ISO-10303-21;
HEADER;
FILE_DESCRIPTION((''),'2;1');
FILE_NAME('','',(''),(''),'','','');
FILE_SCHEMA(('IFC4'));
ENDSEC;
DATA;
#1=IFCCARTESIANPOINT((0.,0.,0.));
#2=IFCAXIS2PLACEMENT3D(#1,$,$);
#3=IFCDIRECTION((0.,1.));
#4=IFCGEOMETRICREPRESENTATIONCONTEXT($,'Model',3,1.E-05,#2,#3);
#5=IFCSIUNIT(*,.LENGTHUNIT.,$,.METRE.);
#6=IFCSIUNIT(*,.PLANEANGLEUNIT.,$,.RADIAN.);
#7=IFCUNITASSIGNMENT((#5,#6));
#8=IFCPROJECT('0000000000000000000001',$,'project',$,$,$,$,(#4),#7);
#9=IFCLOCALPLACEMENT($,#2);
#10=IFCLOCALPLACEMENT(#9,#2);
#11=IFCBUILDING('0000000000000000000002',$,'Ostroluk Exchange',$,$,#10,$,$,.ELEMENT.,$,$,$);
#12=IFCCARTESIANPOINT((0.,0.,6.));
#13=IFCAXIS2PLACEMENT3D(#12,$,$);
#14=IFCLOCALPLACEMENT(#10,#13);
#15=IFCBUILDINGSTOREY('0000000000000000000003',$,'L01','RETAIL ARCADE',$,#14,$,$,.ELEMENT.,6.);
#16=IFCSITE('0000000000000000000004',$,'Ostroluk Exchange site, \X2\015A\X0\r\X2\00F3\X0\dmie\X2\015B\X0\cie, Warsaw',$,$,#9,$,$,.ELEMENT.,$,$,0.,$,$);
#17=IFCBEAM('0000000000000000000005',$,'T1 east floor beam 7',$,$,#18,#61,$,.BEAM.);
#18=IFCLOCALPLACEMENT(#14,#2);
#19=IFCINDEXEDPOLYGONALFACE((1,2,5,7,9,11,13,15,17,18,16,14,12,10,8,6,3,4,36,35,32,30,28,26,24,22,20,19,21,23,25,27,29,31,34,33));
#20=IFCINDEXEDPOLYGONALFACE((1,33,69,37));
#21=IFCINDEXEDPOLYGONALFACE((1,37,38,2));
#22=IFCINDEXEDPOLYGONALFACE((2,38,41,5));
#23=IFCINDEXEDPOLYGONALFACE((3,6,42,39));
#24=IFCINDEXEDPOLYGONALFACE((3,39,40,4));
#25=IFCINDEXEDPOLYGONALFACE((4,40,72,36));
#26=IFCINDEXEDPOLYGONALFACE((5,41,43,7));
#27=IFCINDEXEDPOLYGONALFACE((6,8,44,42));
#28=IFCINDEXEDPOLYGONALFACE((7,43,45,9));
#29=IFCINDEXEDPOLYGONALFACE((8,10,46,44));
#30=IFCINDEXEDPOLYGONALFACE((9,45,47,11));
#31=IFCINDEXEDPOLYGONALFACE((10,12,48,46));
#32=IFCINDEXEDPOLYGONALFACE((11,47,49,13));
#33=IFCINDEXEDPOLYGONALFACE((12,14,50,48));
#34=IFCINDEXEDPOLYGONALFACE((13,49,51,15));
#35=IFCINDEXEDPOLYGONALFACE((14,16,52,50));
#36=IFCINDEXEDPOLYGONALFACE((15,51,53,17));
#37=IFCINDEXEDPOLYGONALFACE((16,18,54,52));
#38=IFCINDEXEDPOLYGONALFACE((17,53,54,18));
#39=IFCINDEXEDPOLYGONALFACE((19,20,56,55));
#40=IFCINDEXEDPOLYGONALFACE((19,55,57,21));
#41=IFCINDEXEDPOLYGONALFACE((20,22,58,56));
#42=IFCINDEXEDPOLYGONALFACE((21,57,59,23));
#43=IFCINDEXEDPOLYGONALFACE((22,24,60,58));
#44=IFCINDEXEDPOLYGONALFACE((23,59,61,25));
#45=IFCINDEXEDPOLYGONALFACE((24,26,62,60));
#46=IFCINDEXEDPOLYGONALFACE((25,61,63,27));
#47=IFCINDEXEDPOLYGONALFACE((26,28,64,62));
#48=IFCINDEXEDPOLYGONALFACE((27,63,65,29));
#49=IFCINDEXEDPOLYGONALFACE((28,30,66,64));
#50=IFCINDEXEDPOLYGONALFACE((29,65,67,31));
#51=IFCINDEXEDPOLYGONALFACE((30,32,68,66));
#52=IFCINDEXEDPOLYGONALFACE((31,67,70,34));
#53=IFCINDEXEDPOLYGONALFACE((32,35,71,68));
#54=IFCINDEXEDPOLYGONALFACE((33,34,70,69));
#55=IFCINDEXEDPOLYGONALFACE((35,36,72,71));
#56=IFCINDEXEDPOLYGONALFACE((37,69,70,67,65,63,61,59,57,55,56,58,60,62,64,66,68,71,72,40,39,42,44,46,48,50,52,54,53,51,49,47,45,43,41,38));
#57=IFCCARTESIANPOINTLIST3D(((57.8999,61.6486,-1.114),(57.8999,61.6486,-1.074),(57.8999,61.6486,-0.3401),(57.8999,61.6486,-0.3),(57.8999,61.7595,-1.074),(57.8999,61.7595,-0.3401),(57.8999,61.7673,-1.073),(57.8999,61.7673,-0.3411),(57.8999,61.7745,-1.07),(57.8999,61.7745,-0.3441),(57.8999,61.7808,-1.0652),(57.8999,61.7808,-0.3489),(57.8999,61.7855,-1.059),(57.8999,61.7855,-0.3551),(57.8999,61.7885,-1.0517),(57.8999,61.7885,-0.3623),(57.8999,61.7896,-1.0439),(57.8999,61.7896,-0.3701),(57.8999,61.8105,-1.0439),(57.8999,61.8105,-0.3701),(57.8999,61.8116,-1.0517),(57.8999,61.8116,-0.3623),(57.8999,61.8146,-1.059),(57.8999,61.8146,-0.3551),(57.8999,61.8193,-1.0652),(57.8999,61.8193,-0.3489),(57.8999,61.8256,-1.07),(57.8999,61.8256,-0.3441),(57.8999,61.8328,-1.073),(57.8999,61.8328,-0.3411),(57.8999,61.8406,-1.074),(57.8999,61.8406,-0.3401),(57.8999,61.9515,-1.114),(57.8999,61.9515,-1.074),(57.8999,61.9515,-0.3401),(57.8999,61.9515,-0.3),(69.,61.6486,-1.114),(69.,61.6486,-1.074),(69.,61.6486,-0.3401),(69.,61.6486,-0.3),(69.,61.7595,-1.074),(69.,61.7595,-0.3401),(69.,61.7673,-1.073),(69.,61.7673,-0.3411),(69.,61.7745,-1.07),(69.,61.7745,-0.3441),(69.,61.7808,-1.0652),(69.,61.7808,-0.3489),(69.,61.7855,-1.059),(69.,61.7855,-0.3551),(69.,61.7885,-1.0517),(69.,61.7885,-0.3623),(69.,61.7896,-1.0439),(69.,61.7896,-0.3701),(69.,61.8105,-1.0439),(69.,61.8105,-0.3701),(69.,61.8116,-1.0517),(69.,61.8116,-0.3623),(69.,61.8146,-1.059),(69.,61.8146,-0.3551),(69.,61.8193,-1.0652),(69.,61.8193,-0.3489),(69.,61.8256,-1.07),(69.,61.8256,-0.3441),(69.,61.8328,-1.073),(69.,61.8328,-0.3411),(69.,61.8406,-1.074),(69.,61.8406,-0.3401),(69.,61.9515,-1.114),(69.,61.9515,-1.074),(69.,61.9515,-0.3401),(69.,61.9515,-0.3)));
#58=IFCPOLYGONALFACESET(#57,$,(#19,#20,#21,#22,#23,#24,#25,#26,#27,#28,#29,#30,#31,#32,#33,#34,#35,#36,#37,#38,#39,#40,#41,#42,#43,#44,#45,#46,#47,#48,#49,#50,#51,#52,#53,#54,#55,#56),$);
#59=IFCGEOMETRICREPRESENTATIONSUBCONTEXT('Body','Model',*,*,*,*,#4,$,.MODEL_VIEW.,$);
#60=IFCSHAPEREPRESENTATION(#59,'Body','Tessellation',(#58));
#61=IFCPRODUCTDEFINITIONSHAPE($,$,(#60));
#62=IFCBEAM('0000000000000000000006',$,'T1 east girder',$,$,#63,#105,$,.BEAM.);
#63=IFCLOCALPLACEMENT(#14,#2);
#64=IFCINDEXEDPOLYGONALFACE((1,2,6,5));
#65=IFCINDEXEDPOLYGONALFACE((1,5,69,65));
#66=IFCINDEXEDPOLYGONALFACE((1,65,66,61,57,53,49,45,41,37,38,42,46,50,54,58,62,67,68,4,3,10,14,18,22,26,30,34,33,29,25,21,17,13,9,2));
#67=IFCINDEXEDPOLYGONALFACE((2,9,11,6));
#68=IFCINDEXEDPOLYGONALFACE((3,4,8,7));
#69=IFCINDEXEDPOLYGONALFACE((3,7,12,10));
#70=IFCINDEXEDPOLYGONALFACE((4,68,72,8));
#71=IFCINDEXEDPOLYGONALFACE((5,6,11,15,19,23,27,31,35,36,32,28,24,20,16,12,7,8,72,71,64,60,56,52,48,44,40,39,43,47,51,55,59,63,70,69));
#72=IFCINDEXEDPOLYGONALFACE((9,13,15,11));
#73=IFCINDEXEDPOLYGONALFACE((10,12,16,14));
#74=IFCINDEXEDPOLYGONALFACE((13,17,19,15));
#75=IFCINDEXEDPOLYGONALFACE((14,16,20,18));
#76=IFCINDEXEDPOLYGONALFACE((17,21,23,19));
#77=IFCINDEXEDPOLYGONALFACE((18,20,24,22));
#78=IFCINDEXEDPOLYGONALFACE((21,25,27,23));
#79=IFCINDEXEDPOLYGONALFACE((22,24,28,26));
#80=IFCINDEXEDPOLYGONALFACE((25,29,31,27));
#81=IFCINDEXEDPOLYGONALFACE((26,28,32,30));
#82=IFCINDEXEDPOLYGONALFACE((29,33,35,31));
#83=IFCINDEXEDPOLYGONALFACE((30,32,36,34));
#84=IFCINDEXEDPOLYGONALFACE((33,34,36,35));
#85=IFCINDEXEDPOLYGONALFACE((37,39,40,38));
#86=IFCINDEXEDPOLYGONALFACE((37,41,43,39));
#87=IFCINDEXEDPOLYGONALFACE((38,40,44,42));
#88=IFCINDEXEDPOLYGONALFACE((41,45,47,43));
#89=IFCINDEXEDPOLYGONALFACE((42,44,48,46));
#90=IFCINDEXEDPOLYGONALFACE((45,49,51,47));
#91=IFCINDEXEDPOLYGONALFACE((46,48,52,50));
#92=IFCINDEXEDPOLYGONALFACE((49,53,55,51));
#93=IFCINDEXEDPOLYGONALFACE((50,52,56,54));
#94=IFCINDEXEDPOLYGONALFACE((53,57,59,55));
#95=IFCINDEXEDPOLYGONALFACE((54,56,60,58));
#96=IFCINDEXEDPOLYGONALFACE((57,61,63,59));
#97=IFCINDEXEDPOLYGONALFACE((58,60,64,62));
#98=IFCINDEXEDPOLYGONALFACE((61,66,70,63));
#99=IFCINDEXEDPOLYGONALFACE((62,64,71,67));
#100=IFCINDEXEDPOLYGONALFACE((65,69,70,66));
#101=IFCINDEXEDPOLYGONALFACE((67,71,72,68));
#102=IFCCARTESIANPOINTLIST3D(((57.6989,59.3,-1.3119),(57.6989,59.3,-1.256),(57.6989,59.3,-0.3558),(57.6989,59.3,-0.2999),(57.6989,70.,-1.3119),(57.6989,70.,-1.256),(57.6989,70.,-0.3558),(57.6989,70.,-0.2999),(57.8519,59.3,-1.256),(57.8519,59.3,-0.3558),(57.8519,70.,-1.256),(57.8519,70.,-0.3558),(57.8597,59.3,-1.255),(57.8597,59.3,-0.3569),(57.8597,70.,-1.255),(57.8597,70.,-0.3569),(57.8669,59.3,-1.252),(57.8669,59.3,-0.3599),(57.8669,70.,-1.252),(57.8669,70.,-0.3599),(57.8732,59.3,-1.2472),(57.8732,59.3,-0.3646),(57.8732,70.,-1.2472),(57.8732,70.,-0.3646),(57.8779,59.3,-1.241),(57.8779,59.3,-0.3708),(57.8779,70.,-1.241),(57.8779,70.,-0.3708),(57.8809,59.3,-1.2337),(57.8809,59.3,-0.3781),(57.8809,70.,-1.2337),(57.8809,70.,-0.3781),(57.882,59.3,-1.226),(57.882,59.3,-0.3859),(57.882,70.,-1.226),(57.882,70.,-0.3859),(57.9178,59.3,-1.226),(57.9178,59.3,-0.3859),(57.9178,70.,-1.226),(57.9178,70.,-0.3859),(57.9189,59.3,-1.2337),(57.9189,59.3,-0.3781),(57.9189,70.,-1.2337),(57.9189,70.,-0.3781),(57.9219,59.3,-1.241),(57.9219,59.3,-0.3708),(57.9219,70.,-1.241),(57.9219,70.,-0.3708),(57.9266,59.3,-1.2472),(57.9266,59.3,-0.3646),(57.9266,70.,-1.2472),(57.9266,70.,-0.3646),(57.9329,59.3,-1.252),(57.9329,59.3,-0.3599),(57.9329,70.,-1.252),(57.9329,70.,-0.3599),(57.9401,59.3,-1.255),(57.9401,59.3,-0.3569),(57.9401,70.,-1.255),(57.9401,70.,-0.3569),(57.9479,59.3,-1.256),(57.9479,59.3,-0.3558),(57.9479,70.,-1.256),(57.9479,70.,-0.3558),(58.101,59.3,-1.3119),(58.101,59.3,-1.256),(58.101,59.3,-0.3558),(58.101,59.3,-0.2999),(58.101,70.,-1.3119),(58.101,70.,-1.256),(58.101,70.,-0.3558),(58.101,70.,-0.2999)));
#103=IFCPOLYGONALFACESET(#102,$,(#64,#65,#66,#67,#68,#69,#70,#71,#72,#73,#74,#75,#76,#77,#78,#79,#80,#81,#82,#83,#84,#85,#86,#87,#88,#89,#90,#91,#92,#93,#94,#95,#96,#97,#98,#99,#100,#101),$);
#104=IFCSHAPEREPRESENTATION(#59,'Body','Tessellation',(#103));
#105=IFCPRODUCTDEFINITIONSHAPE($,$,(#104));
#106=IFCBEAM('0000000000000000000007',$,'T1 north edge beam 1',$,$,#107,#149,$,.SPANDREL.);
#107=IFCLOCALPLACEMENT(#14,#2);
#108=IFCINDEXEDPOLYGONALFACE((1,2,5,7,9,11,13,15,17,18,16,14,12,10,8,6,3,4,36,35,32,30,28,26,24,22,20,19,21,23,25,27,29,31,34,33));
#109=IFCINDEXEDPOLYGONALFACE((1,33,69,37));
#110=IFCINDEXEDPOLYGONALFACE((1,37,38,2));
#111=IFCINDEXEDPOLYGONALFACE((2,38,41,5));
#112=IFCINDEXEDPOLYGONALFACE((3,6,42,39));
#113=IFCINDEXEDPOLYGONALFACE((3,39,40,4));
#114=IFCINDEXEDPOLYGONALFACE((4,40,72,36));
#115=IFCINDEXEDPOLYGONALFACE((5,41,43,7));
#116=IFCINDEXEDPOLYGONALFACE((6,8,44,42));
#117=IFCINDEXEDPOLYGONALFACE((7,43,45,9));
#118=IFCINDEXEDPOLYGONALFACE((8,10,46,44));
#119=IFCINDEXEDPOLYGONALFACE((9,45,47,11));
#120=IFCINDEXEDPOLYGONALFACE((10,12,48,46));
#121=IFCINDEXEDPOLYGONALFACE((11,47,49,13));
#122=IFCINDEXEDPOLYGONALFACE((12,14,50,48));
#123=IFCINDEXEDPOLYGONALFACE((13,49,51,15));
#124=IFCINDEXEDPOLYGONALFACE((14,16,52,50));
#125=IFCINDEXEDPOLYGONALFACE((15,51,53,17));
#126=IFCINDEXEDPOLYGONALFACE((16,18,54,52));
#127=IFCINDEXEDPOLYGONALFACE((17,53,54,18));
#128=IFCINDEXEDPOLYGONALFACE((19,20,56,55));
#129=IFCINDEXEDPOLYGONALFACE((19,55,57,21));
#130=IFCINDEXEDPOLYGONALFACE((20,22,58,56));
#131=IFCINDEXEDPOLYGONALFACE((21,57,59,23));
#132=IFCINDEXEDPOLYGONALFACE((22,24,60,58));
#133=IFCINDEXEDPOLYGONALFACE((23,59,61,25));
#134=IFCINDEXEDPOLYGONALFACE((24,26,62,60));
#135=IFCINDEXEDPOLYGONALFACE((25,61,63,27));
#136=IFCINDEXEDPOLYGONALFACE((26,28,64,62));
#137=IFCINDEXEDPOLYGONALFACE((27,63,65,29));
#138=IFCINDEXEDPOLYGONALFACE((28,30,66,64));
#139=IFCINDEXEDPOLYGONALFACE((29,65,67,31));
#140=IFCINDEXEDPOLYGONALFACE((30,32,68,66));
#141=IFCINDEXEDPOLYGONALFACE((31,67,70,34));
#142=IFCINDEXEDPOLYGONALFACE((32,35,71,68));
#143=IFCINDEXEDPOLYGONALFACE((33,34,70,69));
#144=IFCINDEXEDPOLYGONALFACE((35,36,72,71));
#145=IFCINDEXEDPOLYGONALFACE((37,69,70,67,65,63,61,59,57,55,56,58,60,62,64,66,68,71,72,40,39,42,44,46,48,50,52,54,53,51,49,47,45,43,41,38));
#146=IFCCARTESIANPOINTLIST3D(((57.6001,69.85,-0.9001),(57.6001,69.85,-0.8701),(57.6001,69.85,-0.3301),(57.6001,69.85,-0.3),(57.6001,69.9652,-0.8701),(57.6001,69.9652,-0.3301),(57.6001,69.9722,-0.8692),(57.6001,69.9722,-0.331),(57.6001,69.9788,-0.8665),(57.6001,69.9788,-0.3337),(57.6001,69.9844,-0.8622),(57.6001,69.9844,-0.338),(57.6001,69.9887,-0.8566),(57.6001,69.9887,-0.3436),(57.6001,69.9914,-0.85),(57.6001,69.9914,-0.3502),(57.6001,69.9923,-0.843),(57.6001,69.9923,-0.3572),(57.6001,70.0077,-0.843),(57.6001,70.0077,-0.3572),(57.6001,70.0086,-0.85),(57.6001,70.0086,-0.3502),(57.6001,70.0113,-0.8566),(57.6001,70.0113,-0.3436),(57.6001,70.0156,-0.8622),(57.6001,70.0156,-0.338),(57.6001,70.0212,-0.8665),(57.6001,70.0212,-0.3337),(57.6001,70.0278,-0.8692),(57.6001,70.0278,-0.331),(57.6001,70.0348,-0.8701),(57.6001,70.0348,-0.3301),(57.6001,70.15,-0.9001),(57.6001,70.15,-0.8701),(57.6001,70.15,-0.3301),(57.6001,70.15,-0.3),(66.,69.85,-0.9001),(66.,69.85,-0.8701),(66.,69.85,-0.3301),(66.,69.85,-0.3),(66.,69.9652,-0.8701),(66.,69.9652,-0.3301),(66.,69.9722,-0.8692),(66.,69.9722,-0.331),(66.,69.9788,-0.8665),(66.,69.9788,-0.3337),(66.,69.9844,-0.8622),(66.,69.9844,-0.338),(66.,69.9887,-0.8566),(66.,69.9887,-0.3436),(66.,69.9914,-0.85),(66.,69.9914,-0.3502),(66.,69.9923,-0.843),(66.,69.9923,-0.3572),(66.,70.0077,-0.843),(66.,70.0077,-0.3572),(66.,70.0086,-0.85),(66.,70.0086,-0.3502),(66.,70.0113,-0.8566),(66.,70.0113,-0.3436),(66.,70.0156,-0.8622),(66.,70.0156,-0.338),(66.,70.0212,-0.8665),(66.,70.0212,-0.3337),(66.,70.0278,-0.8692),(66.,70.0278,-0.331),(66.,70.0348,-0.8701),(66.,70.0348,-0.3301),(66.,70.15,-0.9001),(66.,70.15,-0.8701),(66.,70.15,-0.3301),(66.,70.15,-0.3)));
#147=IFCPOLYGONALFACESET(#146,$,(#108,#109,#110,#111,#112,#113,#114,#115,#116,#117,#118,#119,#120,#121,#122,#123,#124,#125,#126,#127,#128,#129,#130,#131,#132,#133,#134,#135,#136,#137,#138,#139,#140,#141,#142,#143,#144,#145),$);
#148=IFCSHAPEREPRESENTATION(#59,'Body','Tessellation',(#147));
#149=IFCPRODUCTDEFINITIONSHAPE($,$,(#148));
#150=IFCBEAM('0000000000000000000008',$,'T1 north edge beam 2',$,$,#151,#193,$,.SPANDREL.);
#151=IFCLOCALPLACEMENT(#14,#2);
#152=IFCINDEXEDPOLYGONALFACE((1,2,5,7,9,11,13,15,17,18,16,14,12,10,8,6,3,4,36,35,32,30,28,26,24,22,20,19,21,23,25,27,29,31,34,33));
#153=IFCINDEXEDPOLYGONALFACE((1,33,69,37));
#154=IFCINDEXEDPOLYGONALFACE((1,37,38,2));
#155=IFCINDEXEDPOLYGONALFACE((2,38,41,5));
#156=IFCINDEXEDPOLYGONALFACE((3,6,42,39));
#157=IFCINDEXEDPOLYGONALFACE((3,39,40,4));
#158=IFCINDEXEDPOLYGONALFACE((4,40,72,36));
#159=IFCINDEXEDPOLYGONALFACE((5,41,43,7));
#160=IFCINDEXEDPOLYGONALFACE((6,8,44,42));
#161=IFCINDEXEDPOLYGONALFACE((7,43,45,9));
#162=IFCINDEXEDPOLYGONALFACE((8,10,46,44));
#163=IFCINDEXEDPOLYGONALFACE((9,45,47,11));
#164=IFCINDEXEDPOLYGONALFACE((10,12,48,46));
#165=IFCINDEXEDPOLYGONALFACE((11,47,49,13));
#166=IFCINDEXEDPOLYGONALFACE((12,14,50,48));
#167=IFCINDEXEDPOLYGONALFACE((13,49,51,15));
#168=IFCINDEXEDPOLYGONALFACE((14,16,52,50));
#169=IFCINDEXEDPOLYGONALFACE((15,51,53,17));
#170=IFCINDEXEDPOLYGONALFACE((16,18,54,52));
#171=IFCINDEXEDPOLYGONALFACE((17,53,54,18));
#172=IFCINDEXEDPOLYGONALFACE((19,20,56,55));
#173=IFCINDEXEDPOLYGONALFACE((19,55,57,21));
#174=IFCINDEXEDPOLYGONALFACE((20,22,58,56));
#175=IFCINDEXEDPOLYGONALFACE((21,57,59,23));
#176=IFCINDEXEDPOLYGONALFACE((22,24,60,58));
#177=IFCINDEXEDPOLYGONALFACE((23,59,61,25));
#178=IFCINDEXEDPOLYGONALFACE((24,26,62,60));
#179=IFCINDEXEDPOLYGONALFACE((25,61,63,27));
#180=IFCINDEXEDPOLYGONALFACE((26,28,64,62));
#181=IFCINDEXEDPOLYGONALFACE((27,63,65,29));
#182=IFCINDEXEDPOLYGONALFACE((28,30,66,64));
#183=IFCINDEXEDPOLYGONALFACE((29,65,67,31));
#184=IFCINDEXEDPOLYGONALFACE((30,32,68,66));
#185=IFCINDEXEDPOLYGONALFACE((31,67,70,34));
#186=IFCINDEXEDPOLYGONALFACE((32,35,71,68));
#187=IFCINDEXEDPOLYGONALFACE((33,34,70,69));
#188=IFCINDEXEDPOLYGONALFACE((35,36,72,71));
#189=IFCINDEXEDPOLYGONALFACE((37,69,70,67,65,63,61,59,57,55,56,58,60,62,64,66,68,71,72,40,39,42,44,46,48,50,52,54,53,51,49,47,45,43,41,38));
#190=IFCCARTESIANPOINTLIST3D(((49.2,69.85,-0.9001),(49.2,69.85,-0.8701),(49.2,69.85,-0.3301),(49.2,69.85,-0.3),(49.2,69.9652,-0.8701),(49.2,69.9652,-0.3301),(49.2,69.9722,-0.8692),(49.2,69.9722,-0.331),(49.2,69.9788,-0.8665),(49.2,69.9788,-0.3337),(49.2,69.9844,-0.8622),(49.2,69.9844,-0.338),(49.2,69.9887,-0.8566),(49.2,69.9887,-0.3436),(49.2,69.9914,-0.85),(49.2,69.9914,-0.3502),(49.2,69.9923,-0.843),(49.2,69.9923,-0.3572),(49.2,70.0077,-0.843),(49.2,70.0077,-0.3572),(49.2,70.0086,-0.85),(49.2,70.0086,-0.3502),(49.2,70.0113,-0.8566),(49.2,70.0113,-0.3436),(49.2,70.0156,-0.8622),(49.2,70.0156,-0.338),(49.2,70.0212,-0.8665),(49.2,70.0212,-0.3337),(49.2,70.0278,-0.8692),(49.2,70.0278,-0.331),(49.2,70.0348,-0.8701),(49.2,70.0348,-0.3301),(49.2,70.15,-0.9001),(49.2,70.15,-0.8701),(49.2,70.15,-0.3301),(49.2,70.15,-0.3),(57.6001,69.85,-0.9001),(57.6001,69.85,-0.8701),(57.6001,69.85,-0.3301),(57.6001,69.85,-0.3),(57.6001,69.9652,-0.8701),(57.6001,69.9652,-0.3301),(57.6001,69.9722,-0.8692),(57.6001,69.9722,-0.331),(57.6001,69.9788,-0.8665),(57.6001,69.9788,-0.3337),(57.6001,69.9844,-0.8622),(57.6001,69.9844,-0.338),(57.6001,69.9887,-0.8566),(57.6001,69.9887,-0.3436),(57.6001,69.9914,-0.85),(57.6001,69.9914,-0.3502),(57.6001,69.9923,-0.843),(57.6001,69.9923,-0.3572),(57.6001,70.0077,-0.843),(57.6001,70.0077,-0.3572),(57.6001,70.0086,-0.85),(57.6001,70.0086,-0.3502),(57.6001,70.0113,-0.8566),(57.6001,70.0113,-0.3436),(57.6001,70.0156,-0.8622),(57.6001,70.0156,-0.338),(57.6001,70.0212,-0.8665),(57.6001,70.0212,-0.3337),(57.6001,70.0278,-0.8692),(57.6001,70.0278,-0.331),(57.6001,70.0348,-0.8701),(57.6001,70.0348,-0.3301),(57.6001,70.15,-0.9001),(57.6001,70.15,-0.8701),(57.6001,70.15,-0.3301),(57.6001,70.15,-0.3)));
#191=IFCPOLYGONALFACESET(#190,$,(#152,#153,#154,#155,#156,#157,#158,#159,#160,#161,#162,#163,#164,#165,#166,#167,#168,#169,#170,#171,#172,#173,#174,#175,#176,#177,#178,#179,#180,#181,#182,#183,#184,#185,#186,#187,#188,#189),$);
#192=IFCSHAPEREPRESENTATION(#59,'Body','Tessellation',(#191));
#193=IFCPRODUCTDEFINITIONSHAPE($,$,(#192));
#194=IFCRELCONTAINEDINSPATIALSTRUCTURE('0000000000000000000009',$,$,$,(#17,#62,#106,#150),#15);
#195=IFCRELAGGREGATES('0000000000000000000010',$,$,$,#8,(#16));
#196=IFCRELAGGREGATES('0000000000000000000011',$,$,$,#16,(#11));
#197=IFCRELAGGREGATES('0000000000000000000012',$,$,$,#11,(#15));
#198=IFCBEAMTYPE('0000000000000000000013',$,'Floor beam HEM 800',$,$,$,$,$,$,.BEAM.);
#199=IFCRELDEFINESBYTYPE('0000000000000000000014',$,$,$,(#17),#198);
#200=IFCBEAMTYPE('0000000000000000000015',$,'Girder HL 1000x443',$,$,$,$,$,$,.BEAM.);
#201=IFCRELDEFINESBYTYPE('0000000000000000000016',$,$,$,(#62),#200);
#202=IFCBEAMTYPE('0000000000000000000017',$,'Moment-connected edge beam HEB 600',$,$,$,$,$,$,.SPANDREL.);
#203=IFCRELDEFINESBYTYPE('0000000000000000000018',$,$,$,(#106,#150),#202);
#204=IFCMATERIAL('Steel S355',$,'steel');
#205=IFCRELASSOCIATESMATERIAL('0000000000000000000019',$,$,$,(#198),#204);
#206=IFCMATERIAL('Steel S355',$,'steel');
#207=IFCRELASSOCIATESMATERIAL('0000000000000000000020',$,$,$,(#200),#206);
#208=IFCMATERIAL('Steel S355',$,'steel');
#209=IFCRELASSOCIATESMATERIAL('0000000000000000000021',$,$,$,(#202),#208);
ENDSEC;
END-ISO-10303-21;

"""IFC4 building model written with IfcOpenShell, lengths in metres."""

from ifc_helpers import new_model, si_unit, direction, frame, origin, origin_2d, place, context, subcontext, project, spatial, i_section, extrude, material, material_profile, profile_set, type_object, element, save


model = new_model("IFC4")

# Units and contexts
model_context = context("Model", 3, precision=1e-05, world=origin(), true_north=direction((0.0, 1.0)))
body_context = subcontext(model_context, "Body", "Model", "MODEL_VIEW")
ifc_project = project(units=[si_unit("LENGTHUNIT", "METRE"), si_unit("PLANEANGLEUNIT", "RADIAN")], contexts=[model_context])

# Site, building, storey
site_placement = place(None, origin())
site = spatial("IfcSite", under=ifc_project, at=site_placement, Name="Ostroluk Exchange site, Śródmieście, Warsaw", CompositionType="ELEMENT", RefElevation=0.0)
building_placement = place(site_placement, origin())
building = spatial("IfcBuilding", under=site, at=building_placement, Name="Ostroluk Exchange", CompositionType="ELEMENT")
storey_placement = place(building_placement, frame((0.0, 0.0, 6.0)))
storey = spatial("IfcBuildingStorey", under=building, at=storey_placement, Name="L01", Description="RETAIL ARCADE", CompositionType="ELEMENT", Elevation=6.0)

# Beams
ifc_material_1 = material(Name="Steel S355", Category="steel")
ifc_material_profile_1 = material_profile(ifc_material_1, i_section(OverallWidth=0.303, OverallDepth=0.814, WebThickness=0.021, FlangeThickness=0.04, FilletRadius=0.03, at=origin_2d()), Name="HEM 800")
ifc_profile_set_1 = profile_set([ifc_material_profile_1], Name="Steel S355")
beam_type_1 = type_object("IfcBeamType", Name="Floor beam HEM 800", PredefinedType="BEAM", material=ifc_profile_set_1)
beam_1_placement = place(storey_placement, frame((57.8999, 61.8, -0.707), z_axis=(1.0, 0.0, 0.0), x_axis=(0.0, 1.0, 0.0)))
element("IfcBeam", 1, at=beam_1_placement, inside=storey, type_object=beam_type_1, Name="T1 east floor beam 7", PredefinedType="BEAM", context=body_context, shape_type="SweptSolid", body=[
    extrude(i_section(OverallWidth=0.303, OverallDepth=0.814, WebThickness=0.021, FlangeThickness=0.04, FilletRadius=0.03, at=origin_2d()), origin(), (0.0, 0.0, 1.0), 11.1001),
])
ifc_material_2 = material(Name="Steel S355", Category="steel")
ifc_material_profile_2 = material_profile(ifc_material_2, i_section(OverallWidth=0.4021, OverallDepth=1.012, WebThickness=0.0359, FlangeThickness=0.0559, FilletRadius=0.03, at=origin_2d()), Name="HL 1000x443")
ifc_profile_set_2 = profile_set([ifc_material_profile_2], Name="Steel S355")
beam_type_2 = type_object("IfcBeamType", Name="Girder HL 1000x443", PredefinedType="BEAM", material=ifc_profile_set_2)
beam_2_placement = place(storey_placement, frame((57.8999, 59.3, -0.8059), z_axis=(0.0, 1.0, 0.0), x_axis=(-1.0, 0.0, 0.0)))
element("IfcBeam", 2, at=beam_2_placement, inside=storey, type_object=beam_type_2, Name="T1 east girder", PredefinedType="BEAM", context=body_context, shape_type="SweptSolid", body=[
    extrude(i_section(OverallWidth=0.4021, OverallDepth=1.012, WebThickness=0.0359, FlangeThickness=0.0559, FilletRadius=0.03, at=origin_2d()), origin(), (0.0, 0.0, 1.0), 10.7),
])
ifc_material_3 = material(Name="Steel S355", Category="steel")
ifc_material_profile_3 = material_profile(ifc_material_3, i_section(OverallWidth=0.3, OverallDepth=0.6001, WebThickness=0.0154, FlangeThickness=0.03, FilletRadius=0.0271, at=origin_2d()), Name="HEB 600")
ifc_profile_set_3 = profile_set([ifc_material_profile_3], Name="Steel S355")
beam_type_3 = type_object("IfcBeamType", Name="Moment-connected edge beam HEB 600", PredefinedType="SPANDREL", material=ifc_profile_set_3)
beam_3_placement = place(storey_placement, frame((66.0, 70.0, -0.6001), z_axis=(-1.0, 0.0, 0.0), x_axis=(0.0, -1.0, 0.0)))
element("IfcBeam", 3, at=beam_3_placement, inside=storey, type_object=beam_type_3, Name="T1 north edge beam 1", PredefinedType="SPANDREL", context=body_context, shape_type="SweptSolid", body=[
    extrude(i_section(OverallWidth=0.3, OverallDepth=0.6001, WebThickness=0.0154, FlangeThickness=0.03, FilletRadius=0.0271, at=origin_2d()), origin(), (0.0, 0.0, 1.0), 8.3999),
])
beam_4_placement = place(storey_placement, frame((57.6001, 70.0, -0.6001), z_axis=(-1.0, 0.0, 0.0), x_axis=(0.0, -1.0, 0.0)))
element("IfcBeam", 4, at=beam_4_placement, inside=storey, type_object=beam_type_3, Name="T1 north edge beam 2", PredefinedType="SPANDREL", context=body_context, shape_type="SweptSolid", body=[
    extrude(i_section(OverallWidth=0.3, OverallDepth=0.6001, WebThickness=0.0154, FlangeThickness=0.03, FilletRadius=0.0271, at=origin_2d()), origin(), (0.0, 0.0, 1.0), 8.4001),
])

save(model, "model.ifc")
